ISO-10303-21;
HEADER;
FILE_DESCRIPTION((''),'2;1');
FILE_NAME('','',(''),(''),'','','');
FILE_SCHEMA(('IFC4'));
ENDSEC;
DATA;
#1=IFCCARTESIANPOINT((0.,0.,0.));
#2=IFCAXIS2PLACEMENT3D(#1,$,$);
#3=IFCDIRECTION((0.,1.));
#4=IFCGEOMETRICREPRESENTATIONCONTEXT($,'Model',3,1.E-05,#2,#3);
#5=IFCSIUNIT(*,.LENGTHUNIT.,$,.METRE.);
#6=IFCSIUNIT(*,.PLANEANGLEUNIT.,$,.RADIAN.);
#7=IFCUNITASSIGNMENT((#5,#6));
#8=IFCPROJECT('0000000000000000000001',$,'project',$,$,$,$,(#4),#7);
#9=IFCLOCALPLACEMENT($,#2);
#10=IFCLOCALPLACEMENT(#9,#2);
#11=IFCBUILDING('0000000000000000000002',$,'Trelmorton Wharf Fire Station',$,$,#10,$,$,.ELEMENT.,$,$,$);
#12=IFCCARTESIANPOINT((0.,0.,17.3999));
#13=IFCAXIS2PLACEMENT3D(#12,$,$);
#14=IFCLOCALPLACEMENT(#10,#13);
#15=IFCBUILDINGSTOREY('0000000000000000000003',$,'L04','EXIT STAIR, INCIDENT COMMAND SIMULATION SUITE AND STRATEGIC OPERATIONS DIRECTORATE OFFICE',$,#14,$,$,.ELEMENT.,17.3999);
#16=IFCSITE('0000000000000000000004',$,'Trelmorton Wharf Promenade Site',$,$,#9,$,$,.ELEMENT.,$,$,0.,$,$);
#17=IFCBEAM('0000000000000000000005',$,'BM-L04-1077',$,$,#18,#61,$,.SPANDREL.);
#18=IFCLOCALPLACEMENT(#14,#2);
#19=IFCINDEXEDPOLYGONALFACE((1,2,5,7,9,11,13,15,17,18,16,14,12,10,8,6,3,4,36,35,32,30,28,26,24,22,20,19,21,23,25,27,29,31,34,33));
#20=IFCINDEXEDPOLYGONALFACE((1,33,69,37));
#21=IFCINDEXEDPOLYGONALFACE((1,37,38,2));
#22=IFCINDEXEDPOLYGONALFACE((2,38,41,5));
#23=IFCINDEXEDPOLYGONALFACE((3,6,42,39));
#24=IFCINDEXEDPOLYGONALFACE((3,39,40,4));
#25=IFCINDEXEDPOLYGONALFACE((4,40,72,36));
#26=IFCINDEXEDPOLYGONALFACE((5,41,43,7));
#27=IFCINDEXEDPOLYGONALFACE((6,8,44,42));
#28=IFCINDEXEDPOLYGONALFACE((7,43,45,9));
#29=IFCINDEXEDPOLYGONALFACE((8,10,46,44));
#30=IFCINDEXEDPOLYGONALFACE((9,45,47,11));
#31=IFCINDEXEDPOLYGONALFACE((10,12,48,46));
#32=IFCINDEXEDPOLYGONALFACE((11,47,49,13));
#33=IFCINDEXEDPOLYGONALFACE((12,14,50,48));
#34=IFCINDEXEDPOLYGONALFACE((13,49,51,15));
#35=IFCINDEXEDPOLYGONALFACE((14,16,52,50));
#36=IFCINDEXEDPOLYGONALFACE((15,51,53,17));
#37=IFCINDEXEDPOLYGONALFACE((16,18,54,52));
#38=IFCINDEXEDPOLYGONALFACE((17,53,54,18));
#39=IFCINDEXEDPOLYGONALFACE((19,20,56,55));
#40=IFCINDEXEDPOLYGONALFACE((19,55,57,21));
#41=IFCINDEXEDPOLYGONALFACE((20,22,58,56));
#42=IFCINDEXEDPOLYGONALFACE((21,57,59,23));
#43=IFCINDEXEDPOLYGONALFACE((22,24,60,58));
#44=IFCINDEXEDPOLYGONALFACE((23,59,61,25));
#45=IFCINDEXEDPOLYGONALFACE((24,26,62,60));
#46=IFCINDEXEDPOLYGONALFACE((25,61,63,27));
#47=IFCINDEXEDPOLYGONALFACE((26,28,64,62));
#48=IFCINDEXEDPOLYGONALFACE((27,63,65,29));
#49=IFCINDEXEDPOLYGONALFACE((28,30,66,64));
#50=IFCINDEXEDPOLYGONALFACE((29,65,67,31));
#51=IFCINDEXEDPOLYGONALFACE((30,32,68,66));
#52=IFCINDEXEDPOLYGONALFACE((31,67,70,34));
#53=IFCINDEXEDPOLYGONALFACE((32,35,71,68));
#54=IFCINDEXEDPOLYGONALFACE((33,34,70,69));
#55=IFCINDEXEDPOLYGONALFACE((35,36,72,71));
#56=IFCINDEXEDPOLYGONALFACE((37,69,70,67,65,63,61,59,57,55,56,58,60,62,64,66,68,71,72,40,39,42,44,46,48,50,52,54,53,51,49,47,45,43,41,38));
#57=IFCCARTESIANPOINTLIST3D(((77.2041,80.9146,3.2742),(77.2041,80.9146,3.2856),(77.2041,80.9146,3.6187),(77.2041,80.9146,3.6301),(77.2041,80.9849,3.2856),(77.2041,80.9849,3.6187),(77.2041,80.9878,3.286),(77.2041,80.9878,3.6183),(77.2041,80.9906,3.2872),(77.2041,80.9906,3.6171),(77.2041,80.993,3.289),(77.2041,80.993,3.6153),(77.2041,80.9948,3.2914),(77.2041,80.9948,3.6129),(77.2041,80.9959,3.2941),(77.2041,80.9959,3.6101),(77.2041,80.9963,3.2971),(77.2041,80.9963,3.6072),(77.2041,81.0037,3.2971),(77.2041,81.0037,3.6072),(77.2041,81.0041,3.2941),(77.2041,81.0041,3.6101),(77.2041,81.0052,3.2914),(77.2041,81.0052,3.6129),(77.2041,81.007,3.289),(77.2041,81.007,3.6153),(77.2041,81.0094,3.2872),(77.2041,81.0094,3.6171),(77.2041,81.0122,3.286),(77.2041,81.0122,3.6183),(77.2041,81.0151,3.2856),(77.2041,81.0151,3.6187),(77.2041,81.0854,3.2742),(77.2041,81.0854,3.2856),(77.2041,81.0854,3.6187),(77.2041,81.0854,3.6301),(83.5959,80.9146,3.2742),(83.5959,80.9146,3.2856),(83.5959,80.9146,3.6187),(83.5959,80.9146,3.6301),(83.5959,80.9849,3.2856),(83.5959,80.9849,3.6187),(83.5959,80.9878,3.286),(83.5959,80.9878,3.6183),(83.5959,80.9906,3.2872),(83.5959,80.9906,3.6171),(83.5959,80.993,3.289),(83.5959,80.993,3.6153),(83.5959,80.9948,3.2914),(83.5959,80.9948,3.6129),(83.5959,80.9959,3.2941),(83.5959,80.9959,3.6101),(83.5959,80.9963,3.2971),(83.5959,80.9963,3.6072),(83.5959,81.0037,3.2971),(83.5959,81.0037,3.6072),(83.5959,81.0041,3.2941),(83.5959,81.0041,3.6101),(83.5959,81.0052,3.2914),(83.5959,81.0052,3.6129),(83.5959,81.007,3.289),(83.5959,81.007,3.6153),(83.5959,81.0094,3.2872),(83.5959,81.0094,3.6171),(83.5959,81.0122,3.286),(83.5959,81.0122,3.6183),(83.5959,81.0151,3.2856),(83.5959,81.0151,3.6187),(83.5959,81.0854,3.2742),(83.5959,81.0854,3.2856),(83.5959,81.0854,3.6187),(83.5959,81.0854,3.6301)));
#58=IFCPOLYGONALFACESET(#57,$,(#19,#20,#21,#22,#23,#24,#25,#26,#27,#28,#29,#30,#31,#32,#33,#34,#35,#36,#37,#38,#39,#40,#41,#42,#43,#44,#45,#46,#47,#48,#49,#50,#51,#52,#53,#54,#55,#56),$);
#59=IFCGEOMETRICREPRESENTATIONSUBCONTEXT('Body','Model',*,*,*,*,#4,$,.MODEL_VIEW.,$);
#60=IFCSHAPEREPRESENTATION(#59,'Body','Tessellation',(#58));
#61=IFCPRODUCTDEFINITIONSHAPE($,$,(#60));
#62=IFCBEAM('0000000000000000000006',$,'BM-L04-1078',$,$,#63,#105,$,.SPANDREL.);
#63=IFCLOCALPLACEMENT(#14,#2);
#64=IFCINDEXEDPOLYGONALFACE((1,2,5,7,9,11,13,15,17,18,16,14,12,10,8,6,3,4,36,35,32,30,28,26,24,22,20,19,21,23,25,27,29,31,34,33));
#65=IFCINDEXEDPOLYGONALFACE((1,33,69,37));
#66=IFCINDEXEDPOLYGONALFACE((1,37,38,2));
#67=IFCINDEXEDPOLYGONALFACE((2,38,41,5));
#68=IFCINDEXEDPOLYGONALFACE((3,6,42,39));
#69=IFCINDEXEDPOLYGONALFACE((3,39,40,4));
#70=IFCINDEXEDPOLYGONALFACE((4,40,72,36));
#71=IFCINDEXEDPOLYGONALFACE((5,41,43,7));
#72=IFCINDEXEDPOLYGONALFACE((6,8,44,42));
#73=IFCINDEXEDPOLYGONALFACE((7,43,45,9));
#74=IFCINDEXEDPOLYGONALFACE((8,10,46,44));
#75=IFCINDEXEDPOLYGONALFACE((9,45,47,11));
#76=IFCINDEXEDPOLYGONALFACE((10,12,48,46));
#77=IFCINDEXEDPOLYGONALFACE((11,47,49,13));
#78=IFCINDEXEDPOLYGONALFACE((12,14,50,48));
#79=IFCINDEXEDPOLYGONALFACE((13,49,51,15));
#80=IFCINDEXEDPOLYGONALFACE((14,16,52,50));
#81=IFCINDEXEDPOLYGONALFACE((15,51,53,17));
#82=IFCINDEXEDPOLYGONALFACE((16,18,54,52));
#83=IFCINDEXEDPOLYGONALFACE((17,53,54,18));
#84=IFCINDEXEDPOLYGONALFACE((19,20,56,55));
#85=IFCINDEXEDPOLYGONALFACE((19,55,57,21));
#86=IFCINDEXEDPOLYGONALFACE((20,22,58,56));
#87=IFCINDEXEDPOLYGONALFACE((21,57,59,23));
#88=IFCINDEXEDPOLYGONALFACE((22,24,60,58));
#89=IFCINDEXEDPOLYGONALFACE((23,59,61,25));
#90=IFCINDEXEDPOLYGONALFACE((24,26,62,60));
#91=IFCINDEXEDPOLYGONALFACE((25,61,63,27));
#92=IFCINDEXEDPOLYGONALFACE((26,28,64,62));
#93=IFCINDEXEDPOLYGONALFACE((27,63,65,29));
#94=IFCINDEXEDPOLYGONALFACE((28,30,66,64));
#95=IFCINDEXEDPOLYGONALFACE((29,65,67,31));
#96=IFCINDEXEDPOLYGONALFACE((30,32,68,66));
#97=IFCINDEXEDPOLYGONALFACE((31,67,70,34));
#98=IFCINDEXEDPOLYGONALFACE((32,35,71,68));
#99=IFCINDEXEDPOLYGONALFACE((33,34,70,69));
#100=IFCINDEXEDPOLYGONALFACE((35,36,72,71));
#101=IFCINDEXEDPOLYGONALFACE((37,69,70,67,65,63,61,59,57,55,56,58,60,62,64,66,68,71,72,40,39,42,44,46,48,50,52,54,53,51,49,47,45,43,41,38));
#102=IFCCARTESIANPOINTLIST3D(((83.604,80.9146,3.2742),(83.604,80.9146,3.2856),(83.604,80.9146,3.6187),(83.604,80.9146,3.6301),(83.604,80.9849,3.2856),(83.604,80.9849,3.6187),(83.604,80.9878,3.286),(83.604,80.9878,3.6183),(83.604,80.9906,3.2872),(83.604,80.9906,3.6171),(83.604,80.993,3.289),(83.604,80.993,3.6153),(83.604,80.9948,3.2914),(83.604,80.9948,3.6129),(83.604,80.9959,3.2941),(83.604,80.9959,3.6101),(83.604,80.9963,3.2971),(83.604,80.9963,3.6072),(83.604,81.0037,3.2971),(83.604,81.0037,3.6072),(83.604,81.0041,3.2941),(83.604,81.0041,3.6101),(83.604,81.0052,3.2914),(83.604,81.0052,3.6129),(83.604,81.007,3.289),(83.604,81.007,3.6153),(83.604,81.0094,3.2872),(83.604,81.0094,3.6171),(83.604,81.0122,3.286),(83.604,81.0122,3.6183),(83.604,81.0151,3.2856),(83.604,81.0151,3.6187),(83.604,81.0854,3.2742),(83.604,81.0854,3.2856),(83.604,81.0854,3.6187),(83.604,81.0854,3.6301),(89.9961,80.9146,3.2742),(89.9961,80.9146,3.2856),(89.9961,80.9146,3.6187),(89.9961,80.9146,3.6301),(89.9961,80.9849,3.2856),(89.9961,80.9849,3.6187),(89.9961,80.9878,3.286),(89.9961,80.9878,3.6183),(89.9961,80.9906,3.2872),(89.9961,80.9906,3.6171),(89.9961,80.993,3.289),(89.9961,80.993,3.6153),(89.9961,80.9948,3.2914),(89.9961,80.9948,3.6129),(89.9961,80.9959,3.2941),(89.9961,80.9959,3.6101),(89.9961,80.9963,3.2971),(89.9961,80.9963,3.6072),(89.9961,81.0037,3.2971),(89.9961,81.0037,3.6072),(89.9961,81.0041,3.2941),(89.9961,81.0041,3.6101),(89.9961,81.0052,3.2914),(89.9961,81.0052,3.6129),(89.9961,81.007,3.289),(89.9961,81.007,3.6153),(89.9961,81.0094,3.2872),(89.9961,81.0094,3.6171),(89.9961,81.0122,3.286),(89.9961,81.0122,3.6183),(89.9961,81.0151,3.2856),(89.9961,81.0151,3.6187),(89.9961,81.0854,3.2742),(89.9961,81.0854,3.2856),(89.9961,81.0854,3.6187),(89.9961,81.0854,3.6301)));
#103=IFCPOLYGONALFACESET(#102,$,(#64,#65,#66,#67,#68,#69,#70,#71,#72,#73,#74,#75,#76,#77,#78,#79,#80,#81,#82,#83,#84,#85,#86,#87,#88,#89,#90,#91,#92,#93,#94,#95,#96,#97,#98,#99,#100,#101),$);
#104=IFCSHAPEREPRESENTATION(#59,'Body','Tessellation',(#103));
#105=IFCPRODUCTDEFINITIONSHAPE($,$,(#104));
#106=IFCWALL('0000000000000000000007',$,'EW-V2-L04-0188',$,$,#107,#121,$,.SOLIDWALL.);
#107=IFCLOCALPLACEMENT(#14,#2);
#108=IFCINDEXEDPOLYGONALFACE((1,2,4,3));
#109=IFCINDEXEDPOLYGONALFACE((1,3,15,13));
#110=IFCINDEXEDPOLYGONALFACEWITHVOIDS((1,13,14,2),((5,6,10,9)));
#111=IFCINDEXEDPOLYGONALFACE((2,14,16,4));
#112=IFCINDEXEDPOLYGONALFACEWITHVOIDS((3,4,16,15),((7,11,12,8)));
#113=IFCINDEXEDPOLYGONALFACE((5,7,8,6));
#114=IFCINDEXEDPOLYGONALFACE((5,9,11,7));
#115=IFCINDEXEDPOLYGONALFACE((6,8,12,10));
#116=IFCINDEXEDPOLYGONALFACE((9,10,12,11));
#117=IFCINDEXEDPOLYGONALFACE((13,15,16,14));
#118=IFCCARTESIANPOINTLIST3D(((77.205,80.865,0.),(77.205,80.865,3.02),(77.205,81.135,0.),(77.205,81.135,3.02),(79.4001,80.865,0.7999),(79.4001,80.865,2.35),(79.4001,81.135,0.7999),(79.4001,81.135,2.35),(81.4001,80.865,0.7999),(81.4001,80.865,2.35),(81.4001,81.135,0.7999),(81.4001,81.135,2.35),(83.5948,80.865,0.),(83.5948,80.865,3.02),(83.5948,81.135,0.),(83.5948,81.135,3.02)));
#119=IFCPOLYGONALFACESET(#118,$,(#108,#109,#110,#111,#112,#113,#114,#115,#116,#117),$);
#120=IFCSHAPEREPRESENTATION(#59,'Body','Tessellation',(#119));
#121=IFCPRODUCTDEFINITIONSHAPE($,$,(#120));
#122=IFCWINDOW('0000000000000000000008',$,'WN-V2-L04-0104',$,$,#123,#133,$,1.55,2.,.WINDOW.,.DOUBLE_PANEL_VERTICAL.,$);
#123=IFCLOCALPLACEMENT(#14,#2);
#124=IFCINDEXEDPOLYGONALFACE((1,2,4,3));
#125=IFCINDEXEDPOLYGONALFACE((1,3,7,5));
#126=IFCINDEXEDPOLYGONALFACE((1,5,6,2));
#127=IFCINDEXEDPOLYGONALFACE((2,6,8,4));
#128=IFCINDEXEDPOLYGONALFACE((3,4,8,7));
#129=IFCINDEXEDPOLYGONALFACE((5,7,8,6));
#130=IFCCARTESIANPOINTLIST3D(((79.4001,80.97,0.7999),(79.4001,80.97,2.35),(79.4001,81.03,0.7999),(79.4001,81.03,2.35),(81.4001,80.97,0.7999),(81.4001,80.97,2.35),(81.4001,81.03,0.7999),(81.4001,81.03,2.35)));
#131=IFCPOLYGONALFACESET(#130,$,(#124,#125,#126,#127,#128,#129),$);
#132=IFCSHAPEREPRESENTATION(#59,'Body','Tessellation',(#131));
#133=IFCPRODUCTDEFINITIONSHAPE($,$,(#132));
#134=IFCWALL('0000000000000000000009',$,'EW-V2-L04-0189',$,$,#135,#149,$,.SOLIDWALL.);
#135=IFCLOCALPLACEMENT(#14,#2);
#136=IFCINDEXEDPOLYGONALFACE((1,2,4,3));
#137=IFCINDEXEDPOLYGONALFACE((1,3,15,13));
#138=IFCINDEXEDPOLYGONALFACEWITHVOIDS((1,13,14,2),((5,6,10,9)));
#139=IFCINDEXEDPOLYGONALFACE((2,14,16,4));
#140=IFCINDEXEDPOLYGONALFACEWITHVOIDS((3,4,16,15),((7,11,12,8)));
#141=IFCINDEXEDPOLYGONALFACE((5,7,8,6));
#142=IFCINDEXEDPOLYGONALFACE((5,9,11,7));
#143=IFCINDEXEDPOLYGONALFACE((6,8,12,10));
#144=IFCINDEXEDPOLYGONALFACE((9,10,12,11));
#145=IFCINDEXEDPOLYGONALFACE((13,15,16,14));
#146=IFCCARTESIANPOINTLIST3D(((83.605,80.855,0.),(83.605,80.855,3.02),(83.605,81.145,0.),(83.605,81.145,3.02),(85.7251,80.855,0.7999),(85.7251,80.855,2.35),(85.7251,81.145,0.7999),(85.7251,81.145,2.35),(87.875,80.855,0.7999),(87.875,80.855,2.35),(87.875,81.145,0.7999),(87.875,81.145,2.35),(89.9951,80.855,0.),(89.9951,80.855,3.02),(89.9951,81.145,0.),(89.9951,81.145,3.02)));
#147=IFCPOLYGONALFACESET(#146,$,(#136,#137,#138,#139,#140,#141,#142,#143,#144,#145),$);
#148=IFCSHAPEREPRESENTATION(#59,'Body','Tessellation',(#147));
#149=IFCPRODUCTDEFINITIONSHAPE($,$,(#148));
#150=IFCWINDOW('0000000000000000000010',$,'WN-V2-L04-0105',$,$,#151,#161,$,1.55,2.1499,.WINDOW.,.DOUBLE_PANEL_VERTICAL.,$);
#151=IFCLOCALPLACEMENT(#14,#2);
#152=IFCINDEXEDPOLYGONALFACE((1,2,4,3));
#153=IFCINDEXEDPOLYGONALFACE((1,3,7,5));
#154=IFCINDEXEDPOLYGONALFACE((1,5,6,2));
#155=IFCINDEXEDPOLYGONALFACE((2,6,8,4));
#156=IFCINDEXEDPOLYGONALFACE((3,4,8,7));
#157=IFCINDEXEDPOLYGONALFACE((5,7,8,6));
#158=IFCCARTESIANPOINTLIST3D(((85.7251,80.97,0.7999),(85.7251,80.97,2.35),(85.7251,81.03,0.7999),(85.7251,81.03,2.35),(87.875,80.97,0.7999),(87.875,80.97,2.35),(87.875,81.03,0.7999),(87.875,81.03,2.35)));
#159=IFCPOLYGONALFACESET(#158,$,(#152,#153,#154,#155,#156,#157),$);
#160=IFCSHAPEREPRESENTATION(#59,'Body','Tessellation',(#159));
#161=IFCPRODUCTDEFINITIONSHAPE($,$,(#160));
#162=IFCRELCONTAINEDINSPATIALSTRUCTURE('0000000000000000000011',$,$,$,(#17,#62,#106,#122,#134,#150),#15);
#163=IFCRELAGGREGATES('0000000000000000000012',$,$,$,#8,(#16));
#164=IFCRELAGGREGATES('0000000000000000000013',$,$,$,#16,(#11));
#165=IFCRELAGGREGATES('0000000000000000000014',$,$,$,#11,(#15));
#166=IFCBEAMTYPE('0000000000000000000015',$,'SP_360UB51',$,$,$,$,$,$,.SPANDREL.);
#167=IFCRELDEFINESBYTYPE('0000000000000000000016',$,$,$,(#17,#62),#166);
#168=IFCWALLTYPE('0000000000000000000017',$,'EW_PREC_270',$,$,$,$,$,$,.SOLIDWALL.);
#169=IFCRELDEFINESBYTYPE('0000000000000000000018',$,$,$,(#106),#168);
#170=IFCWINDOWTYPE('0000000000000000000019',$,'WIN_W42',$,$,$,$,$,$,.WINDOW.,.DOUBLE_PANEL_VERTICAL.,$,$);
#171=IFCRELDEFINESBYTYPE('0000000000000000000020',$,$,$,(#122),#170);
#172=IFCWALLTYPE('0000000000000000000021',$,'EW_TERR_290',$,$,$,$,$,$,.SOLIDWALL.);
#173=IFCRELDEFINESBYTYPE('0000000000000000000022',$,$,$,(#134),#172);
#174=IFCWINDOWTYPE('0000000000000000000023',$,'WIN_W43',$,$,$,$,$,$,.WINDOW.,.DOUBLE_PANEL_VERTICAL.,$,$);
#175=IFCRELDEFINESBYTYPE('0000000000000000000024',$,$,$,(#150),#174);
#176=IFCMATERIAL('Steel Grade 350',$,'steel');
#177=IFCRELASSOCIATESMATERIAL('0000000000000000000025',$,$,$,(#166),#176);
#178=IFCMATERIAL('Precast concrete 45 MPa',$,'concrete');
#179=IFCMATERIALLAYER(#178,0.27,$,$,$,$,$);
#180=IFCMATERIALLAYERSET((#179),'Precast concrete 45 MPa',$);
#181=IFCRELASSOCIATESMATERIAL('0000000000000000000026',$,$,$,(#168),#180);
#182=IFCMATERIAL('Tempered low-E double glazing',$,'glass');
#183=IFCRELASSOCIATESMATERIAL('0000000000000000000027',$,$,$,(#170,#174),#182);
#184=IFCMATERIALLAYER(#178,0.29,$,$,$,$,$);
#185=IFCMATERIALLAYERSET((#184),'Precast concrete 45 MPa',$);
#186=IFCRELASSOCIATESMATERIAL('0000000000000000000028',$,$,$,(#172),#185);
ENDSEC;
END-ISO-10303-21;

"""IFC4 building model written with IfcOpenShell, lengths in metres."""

from ifc_helpers import new_model, si_unit, direction, frame, frame_2d, origin, origin_2d, place, context, subcontext, project, spatial, rectangle, i_section, extrude, material, layer, layer_set, material_profile, profile_set, type_object, element, fill, save


model = new_model("IFC4")

# Units and contexts
model_context = context("Model", 3, precision=1e-05, world=origin(), true_north=direction((0.0, 1.0)))
body_context = subcontext(model_context, "Body", "Model", "MODEL_VIEW")
ifc_project = project(units=[si_unit("LENGTHUNIT", "METRE"), si_unit("PLANEANGLEUNIT", "RADIAN")], contexts=[model_context])

# Site, building, storey
site_placement = place(None, origin())
site = spatial("IfcSite", under=ifc_project, at=site_placement, Name="Trelmorton Wharf Promenade Site", CompositionType="ELEMENT", RefElevation=0.0)
building_placement = place(site_placement, origin())
building = spatial("IfcBuilding", under=site, at=building_placement, Name="Trelmorton Wharf Fire Station", CompositionType="ELEMENT")
storey_placement = place(building_placement, frame((0.0, 0.0, 17.3999)))
storey = spatial("IfcBuildingStorey", under=building, at=storey_placement, Name="L04", Description="EXIT STAIR, INCIDENT COMMAND SIMULATION SUITE AND STRATEGIC OPERATIONS DIRECTORATE OFFICE", CompositionType="ELEMENT", Elevation=17.3999)

# Shared definitions
ifc_material_1 = material(Name="Steel Grade 350", Category="steel")

# Beams
ifc_material_profile_1 = material_profile(ifc_material_1, i_section(OverallWidth=0.1709, OverallDepth=0.356, WebThickness=0.0073, FlangeThickness=0.0115, FilletRadius=0.0115, at=origin_2d()), Name="360UB50.7")
ifc_profile_set_1 = profile_set([ifc_material_profile_1], Name="Steel Grade 350")
beam_type_1 = type_object("IfcBeamType", Name="SP_360UB51", PredefinedType="SPANDREL", material=ifc_profile_set_1)
beam_1_placement = place(storey_placement, frame((77.2041, 81.0, 3.4521), z_axis=(1.0, 0.0, 0.0), x_axis=(0.0, 1.0, 0.0)))
element("IfcBeam", 1, at=beam_1_placement, inside=storey, type_object=beam_type_1, Name="BM-L04-1077", PredefinedType="SPANDREL", context=body_context, shape_type="SweptSolid", body=[
    extrude(i_section(OverallWidth=0.1709, OverallDepth=0.356, WebThickness=0.0073, FlangeThickness=0.0115, FilletRadius=0.0115, at=origin_2d()), origin(), (0.0, 0.0, 1.0), 6.3918),
])
beam_2_placement = place(storey_placement, frame((83.604, 81.0, 3.4521), z_axis=(1.0, 0.0, 0.0), x_axis=(0.0, 1.0, 0.0)))
element("IfcBeam", 2, at=beam_2_placement, inside=storey, type_object=beam_type_1, Name="BM-L04-1078", PredefinedType="SPANDREL", context=body_context, shape_type="SweptSolid", body=[
    extrude(i_section(OverallWidth=0.1709, OverallDepth=0.356, WebThickness=0.0073, FlangeThickness=0.0115, FilletRadius=0.0115, at=origin_2d()), origin(), (0.0, 0.0, 1.0), 6.3921),
])

# Walls, openings, windows
ifc_material_2 = material(Name="Precast concrete 45 MPa", Category="concrete")
ifc_layer_1 = layer(ifc_material_2, 0.27)
ifc_layer_set_1 = layer_set([ifc_layer_1], Name="Precast concrete 45 MPa")
wall_type_1 = type_object("IfcWallType", Name="EW_PREC_270", PredefinedType="SOLIDWALL", material=ifc_layer_set_1)
wall_1_placement = place(storey_placement, frame((77.2051, 81.0, 0.0), z_axis=(0.0, 0.0, 1.0), x_axis=(1.0, 0.0, 0.0)))
wall_1 = element("IfcWall", 3, at=wall_1_placement, inside=storey, type_object=wall_type_1, Name="EW-V2-L04-0188", PredefinedType="SOLIDWALL", context=body_context, shape_type="SweptSolid", body=[
    extrude(rectangle(XDim=6.3899, YDim=0.27, at=frame_2d((3.1948, 0.0))), origin(), (0.0, 0.0, 1.0), 3.02),
])
opening_1_placement = place(wall_1_placement, frame((2.1951, 0.0, 0.8)))
opening_1 = element("IfcOpeningElement", 4, at=opening_1_placement, cuts=wall_1, PredefinedType="OPENING", context=body_context, shape_type="SweptSolid", body=[
    extrude(rectangle(XDim=2.0, YDim=1.55, at=frame_2d((1.0, 0.7749))), frame((0.0, 0.145, 0.0), z_axis=(0.0, -1.0, 0.0), x_axis=(1.0, 0.0, 0.0)), (0.0, 0.0, 1.0), 0.29),
])
ifc_material_3 = material(Name="Tempered low-E double glazing", Category="glass")
window_type_1 = type_object("IfcWindowType", Name="WIN_W42", PartitioningType="DOUBLE_PANEL_VERTICAL", PredefinedType="WINDOW", material=ifc_material_3)
window_1_placement = place(opening_1_placement, origin())
window_1 = element("IfcWindow", 5, at=window_1_placement, inside=storey, type_object=window_type_1, Name="WN-V2-L04-0104", OverallHeight=1.55, OverallWidth=2.0, PartitioningType="DOUBLE_PANEL_VERTICAL", PredefinedType="WINDOW", context=body_context, shape_type="SweptSolid", body=[
    extrude(rectangle(XDim=2.0, YDim=1.55, at=frame_2d((1.0, 0.7749))), frame((0.0, 0.03, 0.0), z_axis=(0.0, -1.0, 0.0), x_axis=(1.0, 0.0, 0.0)), (0.0, 0.0, 1.0), 0.0601),
])
fill(opening_1, window_1)
ifc_layer_2 = layer(ifc_material_2, 0.29)
ifc_layer_set_2 = layer_set([ifc_layer_2], Name="Precast concrete 45 MPa")
wall_type_2 = type_object("IfcWallType", Name="EW_TERR_290", PredefinedType="SOLIDWALL", material=ifc_layer_set_2)
wall_2_placement = place(storey_placement, frame((83.605, 81.0, 0.0), z_axis=(0.0, 0.0, 1.0), x_axis=(1.0, 0.0, 0.0)))
wall_2 = element("IfcWall", 6, at=wall_2_placement, inside=storey, type_object=wall_type_2, Name="EW-V2-L04-0189", PredefinedType="SOLIDWALL", context=body_context, shape_type="SweptSolid", body=[
    extrude(rectangle(XDim=6.3901, YDim=0.29, at=frame_2d((3.1951, 0.0))), origin(), (0.0, 0.0, 1.0), 3.02),
])
opening_2_placement = place(wall_2_placement, frame((2.1201, 0.0, 0.8)))
opening_2 = element("IfcOpeningElement", 7, at=opening_2_placement, cuts=wall_2, PredefinedType="OPENING", context=body_context, shape_type="SweptSolid", body=[
    extrude(rectangle(XDim=2.1499, YDim=1.55, at=frame_2d((1.075, 0.7749))), frame((0.0, 0.155, 0.0), z_axis=(0.0, -1.0, 0.0), x_axis=(1.0, 0.0, 0.0)), (0.0, 0.0, 1.0), 0.3101),
])
window_type_2 = type_object("IfcWindowType", Name="WIN_W43", PartitioningType="DOUBLE_PANEL_VERTICAL", PredefinedType="WINDOW", material=ifc_material_3)
window_2_placement = place(opening_2_placement, origin())
window_2 = element("IfcWindow", 8, at=window_2_placement, inside=storey, type_object=window_type_2, Name="WN-V2-L04-0105", OverallHeight=1.55, OverallWidth=2.1499, PartitioningType="DOUBLE_PANEL_VERTICAL", PredefinedType="WINDOW", context=body_context, shape_type="SweptSolid", body=[
    extrude(rectangle(XDim=2.1499, YDim=1.55, at=frame_2d((1.075, 0.7749))), frame((0.0, 0.03, 0.0), z_axis=(0.0, -1.0, 0.0), x_axis=(1.0, 0.0, 0.0)), (0.0, 0.0, 1.0), 0.0601),
])
fill(opening_2, window_2)

save(model, "model.ifc")
